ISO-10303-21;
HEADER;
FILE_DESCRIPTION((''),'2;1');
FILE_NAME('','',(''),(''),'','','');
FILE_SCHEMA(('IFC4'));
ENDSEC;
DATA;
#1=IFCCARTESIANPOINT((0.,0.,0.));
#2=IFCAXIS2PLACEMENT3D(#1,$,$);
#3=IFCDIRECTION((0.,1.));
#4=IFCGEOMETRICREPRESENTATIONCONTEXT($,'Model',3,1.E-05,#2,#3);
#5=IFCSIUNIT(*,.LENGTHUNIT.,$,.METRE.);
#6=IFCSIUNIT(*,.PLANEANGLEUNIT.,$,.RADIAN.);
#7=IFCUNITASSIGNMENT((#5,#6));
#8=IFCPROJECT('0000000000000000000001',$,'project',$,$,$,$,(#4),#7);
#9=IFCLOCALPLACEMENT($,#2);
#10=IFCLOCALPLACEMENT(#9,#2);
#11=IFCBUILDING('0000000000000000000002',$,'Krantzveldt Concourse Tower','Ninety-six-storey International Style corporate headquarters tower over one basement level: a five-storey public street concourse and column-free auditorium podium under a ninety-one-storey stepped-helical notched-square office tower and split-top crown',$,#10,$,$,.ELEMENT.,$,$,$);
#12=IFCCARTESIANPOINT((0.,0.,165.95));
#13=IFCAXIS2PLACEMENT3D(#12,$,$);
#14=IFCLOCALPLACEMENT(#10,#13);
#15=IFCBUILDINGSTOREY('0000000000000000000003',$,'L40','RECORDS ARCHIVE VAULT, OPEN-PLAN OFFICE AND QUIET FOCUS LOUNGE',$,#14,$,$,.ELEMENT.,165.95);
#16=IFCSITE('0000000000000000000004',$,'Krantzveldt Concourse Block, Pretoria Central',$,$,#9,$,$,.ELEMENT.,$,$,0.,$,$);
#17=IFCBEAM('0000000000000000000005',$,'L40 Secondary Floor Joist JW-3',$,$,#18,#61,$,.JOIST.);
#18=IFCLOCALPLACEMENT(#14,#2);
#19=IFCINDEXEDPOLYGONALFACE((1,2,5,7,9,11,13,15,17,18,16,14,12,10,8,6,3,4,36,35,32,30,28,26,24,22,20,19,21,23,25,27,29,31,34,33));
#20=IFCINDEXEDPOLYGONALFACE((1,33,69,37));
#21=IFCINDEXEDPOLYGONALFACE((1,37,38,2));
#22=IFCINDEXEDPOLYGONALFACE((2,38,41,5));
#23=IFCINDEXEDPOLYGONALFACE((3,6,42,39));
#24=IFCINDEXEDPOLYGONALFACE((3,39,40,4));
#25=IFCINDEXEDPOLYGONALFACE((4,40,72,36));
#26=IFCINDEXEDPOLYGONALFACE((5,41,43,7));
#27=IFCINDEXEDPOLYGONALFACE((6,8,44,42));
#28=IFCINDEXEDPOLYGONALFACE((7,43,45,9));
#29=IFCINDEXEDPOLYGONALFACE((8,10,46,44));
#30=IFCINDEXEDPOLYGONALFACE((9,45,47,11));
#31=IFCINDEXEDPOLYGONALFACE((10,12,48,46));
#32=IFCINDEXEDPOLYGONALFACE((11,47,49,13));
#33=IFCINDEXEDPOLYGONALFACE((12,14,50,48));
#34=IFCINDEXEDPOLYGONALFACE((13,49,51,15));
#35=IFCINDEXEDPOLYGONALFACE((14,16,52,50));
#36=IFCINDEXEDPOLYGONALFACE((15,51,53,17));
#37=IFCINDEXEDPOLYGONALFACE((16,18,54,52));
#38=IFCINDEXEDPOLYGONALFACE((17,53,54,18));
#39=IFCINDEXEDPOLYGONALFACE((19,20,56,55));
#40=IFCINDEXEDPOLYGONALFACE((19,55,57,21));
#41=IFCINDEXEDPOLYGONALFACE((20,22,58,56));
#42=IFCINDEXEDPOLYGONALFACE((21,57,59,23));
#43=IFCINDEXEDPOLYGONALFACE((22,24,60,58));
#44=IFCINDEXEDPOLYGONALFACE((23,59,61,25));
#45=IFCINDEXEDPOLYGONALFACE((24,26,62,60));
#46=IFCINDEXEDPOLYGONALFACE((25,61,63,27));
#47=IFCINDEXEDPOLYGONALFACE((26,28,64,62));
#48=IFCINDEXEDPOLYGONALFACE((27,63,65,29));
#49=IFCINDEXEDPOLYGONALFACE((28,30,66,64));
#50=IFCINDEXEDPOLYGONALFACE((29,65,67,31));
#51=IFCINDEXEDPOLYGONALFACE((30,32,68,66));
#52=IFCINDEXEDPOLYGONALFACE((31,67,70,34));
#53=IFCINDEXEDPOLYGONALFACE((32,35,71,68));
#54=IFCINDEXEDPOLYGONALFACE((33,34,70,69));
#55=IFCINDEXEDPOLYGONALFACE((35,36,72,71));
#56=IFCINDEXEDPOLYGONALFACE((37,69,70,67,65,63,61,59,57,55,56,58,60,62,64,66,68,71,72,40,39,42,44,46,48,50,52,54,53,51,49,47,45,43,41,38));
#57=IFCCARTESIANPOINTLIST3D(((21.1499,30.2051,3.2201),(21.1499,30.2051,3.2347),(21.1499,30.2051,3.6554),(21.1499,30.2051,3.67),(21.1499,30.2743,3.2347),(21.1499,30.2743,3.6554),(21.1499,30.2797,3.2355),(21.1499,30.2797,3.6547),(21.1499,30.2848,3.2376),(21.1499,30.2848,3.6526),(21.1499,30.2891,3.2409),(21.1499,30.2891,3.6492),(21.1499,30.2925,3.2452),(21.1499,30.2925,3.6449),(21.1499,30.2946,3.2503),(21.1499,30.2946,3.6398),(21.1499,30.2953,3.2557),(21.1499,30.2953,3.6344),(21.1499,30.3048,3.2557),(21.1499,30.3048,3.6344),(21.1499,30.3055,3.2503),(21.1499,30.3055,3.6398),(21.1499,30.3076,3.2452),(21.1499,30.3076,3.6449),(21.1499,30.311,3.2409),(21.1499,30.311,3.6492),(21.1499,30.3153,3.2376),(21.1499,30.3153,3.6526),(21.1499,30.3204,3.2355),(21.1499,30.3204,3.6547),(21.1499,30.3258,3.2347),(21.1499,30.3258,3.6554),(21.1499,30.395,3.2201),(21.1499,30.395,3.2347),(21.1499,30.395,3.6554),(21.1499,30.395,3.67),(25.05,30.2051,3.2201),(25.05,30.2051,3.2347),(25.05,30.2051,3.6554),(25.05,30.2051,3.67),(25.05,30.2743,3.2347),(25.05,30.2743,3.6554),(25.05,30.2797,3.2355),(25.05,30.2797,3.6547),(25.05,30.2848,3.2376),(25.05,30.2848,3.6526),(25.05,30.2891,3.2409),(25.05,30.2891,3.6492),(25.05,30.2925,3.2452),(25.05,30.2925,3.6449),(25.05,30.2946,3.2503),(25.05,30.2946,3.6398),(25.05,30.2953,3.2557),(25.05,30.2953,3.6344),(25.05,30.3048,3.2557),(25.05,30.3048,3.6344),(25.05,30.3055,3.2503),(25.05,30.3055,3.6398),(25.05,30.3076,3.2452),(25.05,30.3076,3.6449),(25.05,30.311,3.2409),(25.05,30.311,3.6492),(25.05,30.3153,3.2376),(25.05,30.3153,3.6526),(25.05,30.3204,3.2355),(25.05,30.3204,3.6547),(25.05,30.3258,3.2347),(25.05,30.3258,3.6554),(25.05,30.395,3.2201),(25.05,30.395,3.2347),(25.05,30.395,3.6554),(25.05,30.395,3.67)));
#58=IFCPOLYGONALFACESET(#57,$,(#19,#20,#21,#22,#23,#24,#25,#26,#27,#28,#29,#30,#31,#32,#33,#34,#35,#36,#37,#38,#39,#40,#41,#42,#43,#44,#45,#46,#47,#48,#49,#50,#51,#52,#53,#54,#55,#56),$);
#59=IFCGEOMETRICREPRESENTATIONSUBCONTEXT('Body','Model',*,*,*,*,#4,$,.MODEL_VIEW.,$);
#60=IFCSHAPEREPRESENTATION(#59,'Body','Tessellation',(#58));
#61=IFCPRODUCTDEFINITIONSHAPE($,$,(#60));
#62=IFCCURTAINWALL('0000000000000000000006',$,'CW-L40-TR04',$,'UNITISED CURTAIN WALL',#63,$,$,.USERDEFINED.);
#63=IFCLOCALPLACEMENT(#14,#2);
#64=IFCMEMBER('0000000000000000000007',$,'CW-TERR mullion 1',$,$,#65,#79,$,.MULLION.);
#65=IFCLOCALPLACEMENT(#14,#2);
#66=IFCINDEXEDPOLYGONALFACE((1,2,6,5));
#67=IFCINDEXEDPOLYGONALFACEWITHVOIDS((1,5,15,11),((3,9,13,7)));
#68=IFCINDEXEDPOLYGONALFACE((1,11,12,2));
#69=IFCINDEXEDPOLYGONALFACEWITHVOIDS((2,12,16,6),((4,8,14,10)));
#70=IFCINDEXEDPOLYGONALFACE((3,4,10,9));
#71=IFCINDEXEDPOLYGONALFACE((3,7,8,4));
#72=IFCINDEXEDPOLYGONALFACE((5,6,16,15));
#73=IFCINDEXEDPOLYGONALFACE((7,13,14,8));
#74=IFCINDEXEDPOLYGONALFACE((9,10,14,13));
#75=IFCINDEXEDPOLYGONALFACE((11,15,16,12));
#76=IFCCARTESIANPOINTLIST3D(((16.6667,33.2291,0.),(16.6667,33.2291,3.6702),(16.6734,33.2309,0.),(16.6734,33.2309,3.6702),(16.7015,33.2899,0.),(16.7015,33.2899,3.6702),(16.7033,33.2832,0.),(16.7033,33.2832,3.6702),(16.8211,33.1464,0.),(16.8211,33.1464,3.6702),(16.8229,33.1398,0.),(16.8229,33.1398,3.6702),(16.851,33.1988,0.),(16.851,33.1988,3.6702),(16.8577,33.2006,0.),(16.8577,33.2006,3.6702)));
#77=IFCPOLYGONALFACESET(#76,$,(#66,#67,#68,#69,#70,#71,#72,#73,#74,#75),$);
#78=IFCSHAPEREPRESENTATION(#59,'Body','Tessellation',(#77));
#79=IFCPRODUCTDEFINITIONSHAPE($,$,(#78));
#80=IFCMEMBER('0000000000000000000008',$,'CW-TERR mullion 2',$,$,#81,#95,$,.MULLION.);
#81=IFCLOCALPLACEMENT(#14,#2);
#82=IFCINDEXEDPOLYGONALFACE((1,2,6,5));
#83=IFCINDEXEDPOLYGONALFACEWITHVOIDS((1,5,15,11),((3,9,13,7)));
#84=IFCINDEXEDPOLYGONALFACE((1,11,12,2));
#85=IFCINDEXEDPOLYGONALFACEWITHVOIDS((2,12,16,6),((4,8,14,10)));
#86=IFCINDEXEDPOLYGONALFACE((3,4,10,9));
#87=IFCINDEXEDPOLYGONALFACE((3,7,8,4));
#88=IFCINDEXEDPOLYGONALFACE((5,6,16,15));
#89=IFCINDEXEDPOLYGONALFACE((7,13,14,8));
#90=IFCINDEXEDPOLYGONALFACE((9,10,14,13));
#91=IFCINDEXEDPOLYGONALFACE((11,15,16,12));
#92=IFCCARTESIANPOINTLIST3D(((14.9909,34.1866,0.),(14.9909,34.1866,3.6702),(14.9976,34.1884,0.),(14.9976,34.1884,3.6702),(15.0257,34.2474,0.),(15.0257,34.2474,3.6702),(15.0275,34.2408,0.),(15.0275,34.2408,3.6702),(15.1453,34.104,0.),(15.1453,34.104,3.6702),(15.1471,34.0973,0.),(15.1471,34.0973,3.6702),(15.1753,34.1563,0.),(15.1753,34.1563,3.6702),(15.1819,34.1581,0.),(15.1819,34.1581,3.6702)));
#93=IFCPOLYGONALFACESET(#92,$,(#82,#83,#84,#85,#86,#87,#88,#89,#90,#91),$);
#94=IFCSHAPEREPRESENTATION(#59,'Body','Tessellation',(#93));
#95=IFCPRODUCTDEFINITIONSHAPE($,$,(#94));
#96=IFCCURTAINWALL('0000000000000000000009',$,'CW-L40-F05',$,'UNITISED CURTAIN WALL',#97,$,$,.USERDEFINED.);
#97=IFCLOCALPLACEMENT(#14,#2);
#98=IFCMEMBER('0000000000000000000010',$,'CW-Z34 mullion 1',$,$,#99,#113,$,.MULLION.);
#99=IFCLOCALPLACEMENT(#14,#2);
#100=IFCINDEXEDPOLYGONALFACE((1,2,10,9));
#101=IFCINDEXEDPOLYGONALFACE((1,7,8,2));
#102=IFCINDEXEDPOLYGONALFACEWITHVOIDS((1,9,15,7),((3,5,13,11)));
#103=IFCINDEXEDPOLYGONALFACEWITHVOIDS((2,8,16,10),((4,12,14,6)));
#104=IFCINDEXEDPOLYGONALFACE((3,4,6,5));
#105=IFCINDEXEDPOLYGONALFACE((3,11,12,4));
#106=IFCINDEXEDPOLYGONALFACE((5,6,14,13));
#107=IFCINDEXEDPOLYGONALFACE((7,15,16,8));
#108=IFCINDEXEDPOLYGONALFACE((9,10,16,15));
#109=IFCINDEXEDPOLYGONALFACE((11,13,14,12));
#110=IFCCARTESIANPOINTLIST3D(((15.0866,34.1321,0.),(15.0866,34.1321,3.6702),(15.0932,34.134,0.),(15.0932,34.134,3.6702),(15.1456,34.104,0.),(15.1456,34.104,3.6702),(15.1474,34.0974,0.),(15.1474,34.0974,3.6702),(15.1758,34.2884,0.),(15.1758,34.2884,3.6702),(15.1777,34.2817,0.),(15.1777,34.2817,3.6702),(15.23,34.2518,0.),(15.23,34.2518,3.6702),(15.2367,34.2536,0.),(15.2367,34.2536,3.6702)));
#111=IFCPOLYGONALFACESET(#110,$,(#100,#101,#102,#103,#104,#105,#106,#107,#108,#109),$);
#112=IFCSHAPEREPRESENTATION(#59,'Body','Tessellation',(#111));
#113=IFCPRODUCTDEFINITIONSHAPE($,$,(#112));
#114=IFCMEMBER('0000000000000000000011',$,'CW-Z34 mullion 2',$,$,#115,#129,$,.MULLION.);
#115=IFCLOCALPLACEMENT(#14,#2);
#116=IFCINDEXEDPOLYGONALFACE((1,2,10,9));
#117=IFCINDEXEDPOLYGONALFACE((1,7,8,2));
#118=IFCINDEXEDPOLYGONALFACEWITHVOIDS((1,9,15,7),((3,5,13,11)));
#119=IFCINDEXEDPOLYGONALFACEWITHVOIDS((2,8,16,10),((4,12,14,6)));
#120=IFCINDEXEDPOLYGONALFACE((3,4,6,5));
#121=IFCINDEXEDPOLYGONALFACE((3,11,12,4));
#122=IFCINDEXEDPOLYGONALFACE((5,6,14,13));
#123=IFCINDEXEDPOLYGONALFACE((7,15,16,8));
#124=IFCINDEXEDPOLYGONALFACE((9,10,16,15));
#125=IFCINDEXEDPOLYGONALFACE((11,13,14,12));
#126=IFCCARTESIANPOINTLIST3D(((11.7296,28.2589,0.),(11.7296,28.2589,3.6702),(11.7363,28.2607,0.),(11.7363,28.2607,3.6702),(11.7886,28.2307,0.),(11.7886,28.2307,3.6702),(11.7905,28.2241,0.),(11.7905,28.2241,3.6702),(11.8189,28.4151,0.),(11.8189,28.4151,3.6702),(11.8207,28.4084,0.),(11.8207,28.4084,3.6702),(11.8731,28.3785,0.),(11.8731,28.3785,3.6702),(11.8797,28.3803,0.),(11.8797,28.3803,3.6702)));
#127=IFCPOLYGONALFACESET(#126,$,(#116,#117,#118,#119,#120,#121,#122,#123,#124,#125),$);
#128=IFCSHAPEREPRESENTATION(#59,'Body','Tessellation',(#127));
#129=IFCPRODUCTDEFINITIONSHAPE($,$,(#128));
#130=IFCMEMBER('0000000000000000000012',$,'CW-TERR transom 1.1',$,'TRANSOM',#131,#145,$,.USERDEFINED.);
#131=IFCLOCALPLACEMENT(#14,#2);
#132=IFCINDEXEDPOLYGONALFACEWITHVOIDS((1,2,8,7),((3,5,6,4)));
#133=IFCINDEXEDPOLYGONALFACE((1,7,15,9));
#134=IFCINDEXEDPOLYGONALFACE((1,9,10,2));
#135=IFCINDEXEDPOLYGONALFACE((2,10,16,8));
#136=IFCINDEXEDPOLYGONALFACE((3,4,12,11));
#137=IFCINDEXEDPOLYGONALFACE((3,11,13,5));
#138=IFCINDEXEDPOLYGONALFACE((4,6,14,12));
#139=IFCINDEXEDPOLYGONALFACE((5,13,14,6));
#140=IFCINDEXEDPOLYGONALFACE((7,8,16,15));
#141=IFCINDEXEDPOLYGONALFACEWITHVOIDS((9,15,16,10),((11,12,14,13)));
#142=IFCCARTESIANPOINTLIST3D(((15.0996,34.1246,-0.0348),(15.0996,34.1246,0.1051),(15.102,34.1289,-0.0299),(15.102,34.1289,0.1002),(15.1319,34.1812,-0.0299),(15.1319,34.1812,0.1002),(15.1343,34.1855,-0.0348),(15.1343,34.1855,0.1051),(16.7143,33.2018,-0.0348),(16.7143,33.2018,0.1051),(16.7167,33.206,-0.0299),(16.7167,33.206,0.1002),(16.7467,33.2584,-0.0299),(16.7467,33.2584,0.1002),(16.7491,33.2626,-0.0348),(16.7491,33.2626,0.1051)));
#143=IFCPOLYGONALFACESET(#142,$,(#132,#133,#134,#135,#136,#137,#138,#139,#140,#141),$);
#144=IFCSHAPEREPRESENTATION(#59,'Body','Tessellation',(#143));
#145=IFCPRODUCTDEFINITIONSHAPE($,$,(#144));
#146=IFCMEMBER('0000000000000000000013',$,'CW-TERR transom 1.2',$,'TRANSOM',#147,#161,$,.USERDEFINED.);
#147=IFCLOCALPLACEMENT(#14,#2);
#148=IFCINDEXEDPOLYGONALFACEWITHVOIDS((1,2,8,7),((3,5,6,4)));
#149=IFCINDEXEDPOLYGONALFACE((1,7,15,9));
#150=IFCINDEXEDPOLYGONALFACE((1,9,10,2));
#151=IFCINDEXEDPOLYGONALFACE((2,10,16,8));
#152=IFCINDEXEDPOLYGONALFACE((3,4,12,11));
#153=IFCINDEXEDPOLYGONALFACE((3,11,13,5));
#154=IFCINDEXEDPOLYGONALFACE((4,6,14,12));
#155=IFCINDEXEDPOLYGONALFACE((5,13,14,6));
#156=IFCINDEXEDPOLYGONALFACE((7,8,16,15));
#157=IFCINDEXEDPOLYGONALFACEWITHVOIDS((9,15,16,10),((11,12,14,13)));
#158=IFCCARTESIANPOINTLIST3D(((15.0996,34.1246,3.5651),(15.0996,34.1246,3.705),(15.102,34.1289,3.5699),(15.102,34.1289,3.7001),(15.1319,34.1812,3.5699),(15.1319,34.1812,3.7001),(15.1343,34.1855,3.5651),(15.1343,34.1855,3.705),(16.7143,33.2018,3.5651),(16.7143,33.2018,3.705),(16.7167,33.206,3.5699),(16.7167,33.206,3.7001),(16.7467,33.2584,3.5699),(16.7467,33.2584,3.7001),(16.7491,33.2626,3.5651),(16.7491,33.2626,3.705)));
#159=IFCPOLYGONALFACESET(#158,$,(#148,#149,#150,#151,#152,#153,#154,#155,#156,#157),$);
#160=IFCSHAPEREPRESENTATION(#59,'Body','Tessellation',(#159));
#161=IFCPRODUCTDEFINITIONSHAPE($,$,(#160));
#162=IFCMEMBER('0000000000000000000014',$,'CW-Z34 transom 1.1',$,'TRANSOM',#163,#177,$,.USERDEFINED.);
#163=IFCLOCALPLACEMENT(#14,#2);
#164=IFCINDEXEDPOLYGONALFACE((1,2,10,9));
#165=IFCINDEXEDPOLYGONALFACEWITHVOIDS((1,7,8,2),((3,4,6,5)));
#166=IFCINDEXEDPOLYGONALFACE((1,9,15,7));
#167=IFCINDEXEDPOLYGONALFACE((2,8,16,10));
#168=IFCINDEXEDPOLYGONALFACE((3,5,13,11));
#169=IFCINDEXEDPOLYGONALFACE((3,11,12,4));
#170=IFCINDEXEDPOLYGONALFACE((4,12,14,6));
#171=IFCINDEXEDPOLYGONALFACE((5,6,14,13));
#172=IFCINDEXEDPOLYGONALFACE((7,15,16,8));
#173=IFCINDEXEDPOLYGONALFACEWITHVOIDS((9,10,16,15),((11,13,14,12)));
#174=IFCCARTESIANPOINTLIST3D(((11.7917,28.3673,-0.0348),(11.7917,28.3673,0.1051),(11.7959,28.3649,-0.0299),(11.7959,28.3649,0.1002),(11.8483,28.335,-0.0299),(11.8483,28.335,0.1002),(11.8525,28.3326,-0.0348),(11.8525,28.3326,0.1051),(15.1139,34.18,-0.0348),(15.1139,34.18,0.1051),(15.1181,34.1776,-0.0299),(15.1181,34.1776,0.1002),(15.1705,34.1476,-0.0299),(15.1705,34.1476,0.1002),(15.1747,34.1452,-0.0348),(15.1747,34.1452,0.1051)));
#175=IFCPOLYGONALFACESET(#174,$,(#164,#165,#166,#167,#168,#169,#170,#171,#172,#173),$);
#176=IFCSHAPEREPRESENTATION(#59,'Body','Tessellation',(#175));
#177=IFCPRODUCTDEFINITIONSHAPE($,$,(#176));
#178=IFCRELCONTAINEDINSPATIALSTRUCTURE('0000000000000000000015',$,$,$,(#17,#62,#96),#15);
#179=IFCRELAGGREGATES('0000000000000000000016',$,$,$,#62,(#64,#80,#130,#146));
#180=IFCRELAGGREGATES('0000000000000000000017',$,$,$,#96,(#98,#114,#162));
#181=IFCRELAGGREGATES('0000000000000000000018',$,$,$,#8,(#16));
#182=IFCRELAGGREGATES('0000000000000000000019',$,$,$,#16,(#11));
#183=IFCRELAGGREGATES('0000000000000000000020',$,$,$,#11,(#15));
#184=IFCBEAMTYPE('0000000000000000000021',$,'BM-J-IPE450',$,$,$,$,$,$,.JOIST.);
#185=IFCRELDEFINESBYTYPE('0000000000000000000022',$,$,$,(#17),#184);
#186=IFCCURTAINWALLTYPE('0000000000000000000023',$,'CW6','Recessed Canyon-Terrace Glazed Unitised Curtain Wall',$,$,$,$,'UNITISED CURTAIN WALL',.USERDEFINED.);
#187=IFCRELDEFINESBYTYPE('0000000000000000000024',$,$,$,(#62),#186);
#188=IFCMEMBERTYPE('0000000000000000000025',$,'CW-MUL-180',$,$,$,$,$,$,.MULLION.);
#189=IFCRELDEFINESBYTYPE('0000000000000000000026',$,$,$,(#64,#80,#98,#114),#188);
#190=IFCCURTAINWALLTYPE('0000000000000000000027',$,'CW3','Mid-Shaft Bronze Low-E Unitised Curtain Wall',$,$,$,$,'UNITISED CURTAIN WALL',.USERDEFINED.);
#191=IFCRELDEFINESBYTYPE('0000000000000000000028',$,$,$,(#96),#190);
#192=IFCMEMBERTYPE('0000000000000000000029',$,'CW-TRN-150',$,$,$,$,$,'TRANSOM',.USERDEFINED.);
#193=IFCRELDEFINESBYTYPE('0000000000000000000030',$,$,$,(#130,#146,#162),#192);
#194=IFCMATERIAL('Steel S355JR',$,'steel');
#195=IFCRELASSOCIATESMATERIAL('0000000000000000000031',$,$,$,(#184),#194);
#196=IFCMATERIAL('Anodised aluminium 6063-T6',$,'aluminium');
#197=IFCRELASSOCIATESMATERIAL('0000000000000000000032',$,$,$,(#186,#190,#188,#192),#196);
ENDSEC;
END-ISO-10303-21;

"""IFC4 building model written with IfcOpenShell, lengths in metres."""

from ifc_helpers import new_model, si_unit, direction, frame, origin, origin_2d, place, context, subcontext, project, spatial, hollow_rectangle, i_section, extrude, source, transform, mapped, material, material_profile, profile_set, type_object, type_shapes, element, aggregate, save


model = new_model("IFC4")

# Units and contexts
model_context = context("Model", 3, precision=1e-05, world=origin(), true_north=direction((0.0, 1.0)))
body_context = subcontext(model_context, "Body", "Model", "MODEL_VIEW")
ifc_project = project(units=[si_unit("LENGTHUNIT", "METRE"), si_unit("PLANEANGLEUNIT", "RADIAN")], contexts=[model_context])

# Site, building, storey
site_placement = place(None, origin())
site = spatial("IfcSite", under=ifc_project, at=site_placement, Name="Krantzveldt Concourse Block, Pretoria Central", CompositionType="ELEMENT", RefElevation=0.0)
building_placement = place(site_placement, origin())
building = spatial("IfcBuilding", under=site, at=building_placement, Name="Krantzveldt Concourse Tower", Description="Ninety-six-storey International Style corporate headquarters tower over one basement level: a five-storey public street concourse and column-free auditorium podium under a ninety-one-storey stepped-helical notched-square office tower and split-top crown", CompositionType="ELEMENT")
storey_placement = place(building_placement, frame((0.0, 0.0, 165.95)))
storey = spatial("IfcBuildingStorey", under=building, at=storey_placement, Name="L40", Description="RECORDS ARCHIVE VAULT, OPEN-PLAN OFFICE AND QUIET FOCUS LOUNGE", CompositionType="ELEMENT", Elevation=165.95)

# Beam
ifc_material_1 = material(Name="Steel S355JR", Category="steel")
ifc_material_profile_1 = material_profile(ifc_material_1, i_section(OverallWidth=0.1899, OverallDepth=0.45, WebThickness=0.0095, FlangeThickness=0.0146, FilletRadius=0.021, at=origin_2d()), Name="Steel S355JR", Category="steel")
ifc_profile_set_1 = profile_set([ifc_material_profile_1], Name="Steel S355JR - IPE 450")
beam_type = type_object("IfcBeamType", Name="BM-J-IPE450", PredefinedType="JOIST", material=ifc_profile_set_1)
shared_shape_1 = source(origin(), body_context, "Body", "SweptSolid", [
    extrude(i_section(OverallWidth=0.1899, OverallDepth=0.45, WebThickness=0.0095, FlangeThickness=0.0146, FilletRadius=0.021, at=origin_2d()), origin(), (0.0, 0.0, 1.0), 3.9001),
])
type_shapes(beam_type, [shared_shape_1])
beam_placement = place(storey_placement, frame((21.1499, 30.3, 3.4451), z_axis=(1.0, 0.0, 0.0), x_axis=(0.0, 1.0, 0.0)))
element("IfcBeam", 1, at=beam_placement, inside=storey, type_object=beam_type, Name="L40 Secondary Floor Joist JW-3", PredefinedType="JOIST", context=body_context, shape_type="MappedRepresentation", body=[
    mapped(shared_shape_1, transform((0.0, 0.0, 0.0), x_axis=(1.0, 0.0, 0.0), y_axis=(0.0, 1.0, 0.0), z_axis=(0.0, 0.0, 1.0), scale=1.0)),
])

# Curtain walls, members
ifc_material_2 = material(Name="Anodised aluminium 6063-T6", Category="aluminium")
curtain_wall_type_1 = type_object("IfcCurtainWallType", Name="CW6", Description="Recessed Canyon-Terrace Glazed Unitised Curtain Wall", ElementType="UNITISED CURTAIN WALL", PredefinedType="USERDEFINED", material=ifc_material_2)
curtain_wall_1_placement = place(storey_placement, origin())
curtain_wall_1 = element("IfcCurtainWall", 2, at=curtain_wall_1_placement, inside=storey, type_object=curtain_wall_type_1, Name="CW-L40-TR04", ObjectType="UNITISED CURTAIN WALL", PredefinedType="USERDEFINED")
ifc_material_profile_2 = material_profile(ifc_material_2, hollow_rectangle(XDim=0.0701, YDim=0.1799, WallThickness=0.0049, at=origin_2d()), Name="Anodised aluminium 6063-T6", Category="aluminium")
ifc_profile_set_2 = profile_set([ifc_material_profile_2], Name="Anodised aluminium 6063-T6 - ALU-MULL 180x70x5")
member_type_1 = type_object("IfcMemberType", Name="CW-MUL-180", PredefinedType="MULLION", material=ifc_profile_set_2)
shared_shape_2 = source(origin(), body_context, "Body", "SweptSolid", [
    extrude(hollow_rectangle(XDim=0.0701, YDim=0.1799, WallThickness=0.0049, at=origin_2d()), origin(), (0.0, 0.0, 1.0), 3.6702),
])
type_shapes(member_type_1, [shared_shape_2])
member_1_placement = place(storey_placement, frame((16.7622, 33.2148, 0.0), z_axis=(0.0, 0.0, 1.0), x_axis=(-0.496219, -0.868198, 0.0)))
member_1 = element("IfcMember", 3, at=member_1_placement, type_object=member_type_1, Name="CW-TERR mullion 1", PredefinedType="MULLION", context=body_context, shape_type="MappedRepresentation", body=[
    mapped(shared_shape_2, transform((0.0, 0.0, 0.0), x_axis=(1.0, 0.0, 0.0), y_axis=(0.0, 1.0, 0.0), z_axis=(0.0, 0.0, 1.0), scale=1.0)),
])
member_2_placement = place(storey_placement, frame((15.0864, 34.1724, 0.0), z_axis=(0.0, 0.0, 1.0), x_axis=(-0.496219, -0.868198, 0.0)))
member_2 = element("IfcMember", 4, at=member_2_placement, type_object=member_type_1, Name="CW-TERR mullion 2", PredefinedType="MULLION", context=body_context, shape_type="MappedRepresentation", body=[
    mapped(shared_shape_2, transform((0.0, 0.0, 0.0), x_axis=(1.0, 0.0, 0.0), y_axis=(0.0, 1.0, 0.0), z_axis=(0.0, 0.0, 1.0), scale=1.0)),
])
curtain_wall_type_2 = type_object("IfcCurtainWallType", Name="CW3", Description="Mid-Shaft Bronze Low-E Unitised Curtain Wall", ElementType="UNITISED CURTAIN WALL", PredefinedType="USERDEFINED", material=ifc_material_2)
curtain_wall_2_placement = place(storey_placement, origin())
curtain_wall_2 = element("IfcCurtainWall", 5, at=curtain_wall_2_placement, inside=storey, type_object=curtain_wall_type_2, Name="CW-L40-F05", ObjectType="UNITISED CURTAIN WALL", PredefinedType="USERDEFINED")
member_3_placement = place(storey_placement, frame((15.1616, 34.1929, 0.0), z_axis=(0.0, 0.0, 1.0), x_axis=(0.868199, -0.496216, 0.0)))
member_3 = element("IfcMember", 6, at=member_3_placement, type_object=member_type_1, Name="CW-Z34 mullion 1", PredefinedType="MULLION", context=body_context, shape_type="MappedRepresentation", body=[
    mapped(shared_shape_2, transform((0.0, 0.0, 0.0), x_axis=(1.0, 0.0, 0.0), y_axis=(0.0, 1.0, 0.0), z_axis=(0.0, 0.0, 1.0), scale=1.0)),
])
member_4_placement = place(storey_placement, frame((11.8047, 28.3196, 0.0), z_axis=(0.0, 0.0, 1.0), x_axis=(0.868199, -0.496216, 0.0)))
member_4 = element("IfcMember", 7, at=member_4_placement, type_object=member_type_1, Name="CW-Z34 mullion 2", PredefinedType="MULLION", context=body_context, shape_type="MappedRepresentation", body=[
    mapped(shared_shape_2, transform((0.0, 0.0, 0.0), x_axis=(1.0, 0.0, 0.0), y_axis=(0.0, 1.0, 0.0), z_axis=(0.0, 0.0, 1.0), scale=1.0)),
])

# Members
ifc_material_profile_3 = material_profile(ifc_material_2, hollow_rectangle(XDim=0.0701, YDim=0.1399, WallThickness=0.0049, at=origin_2d()), Name="Anodised aluminium 6063-T6", Category="aluminium")
ifc_profile_set_3 = profile_set([ifc_material_profile_3], Name="Anodised aluminium 6063-T6 - ALU-TRAN 140x70x5")
member_type_2 = type_object("IfcMemberType", Name="CW-TRN-150", ElementType="TRANSOM", PredefinedType="USERDEFINED", material=ifc_profile_set_3)
shared_shape_3 = source(origin(), body_context, "Body", "SweptSolid", [
    extrude(hollow_rectangle(XDim=0.0701, YDim=0.1399, WallThickness=0.0049, at=origin_2d()), origin(), (0.0, 0.0, 1.0), 1.8599),
])
member_5_placement = place(storey_placement, frame((16.7317, 33.2322, 0.0352), z_axis=(-0.868211, 0.496195, 0.0), x_axis=(-0.496195, -0.868211, 0.0)))
member_5 = element("IfcMember", 8, at=member_5_placement, type_object=member_type_2, Name="CW-TERR transom 1.1", ObjectType="TRANSOM", PredefinedType="USERDEFINED", context=body_context, shape_type="MappedRepresentation", body=[
    mapped(shared_shape_3, transform((0.0, 0.0, 0.0), x_axis=(1.0, 0.0, 0.0), y_axis=(0.0, 1.0, 0.0), z_axis=(0.0, 0.0, 1.0), scale=1.0)),
])
member_6_placement = place(storey_placement, frame((16.7317, 33.2322, 3.635), z_axis=(-0.868211, 0.496195, 0.0), x_axis=(-0.496195, -0.868211, 0.0)))
member_6 = element("IfcMember", 9, at=member_6_placement, type_object=member_type_2, Name="CW-TERR transom 1.2", ObjectType="TRANSOM", PredefinedType="USERDEFINED", context=body_context, shape_type="MappedRepresentation", body=[
    mapped(shared_shape_3, transform((0.0, 0.0, 0.0), x_axis=(1.0, 0.0, 0.0), y_axis=(0.0, 1.0, 0.0), z_axis=(0.0, 0.0, 1.0), scale=1.0)),
])
shared_shape_4 = source(origin(), body_context, "Body", "SweptSolid", [
    extrude(hollow_rectangle(XDim=0.0701, YDim=0.1399, WallThickness=0.0049, at=origin_2d()), origin(), (0.0, 0.0, 1.0), 6.6951),
])
type_shapes(member_type_2, [shared_shape_3, shared_shape_4])
member_7_placement = place(storey_placement, frame((15.1443, 34.1626, 0.0352), z_axis=(-0.496217, -0.868198, 0.0), x_axis=(0.868198, -0.496217, 0.0)))
member_7 = element("IfcMember", 10, at=member_7_placement, type_object=member_type_2, Name="CW-Z34 transom 1.1", ObjectType="TRANSOM", PredefinedType="USERDEFINED", context=body_context, shape_type="MappedRepresentation", body=[
    mapped(shared_shape_4, transform((0.0, 0.0, 0.0), x_axis=(1.0, 0.0, 0.0), y_axis=(0.0, 1.0, 0.0), z_axis=(0.0, 0.0, 1.0), scale=1.0)),
])

aggregate(curtain_wall_1, [member_1, member_2, member_5, member_6])
aggregate(curtain_wall_2, [member_3, member_4, member_7])

save(model, "model.ifc")
